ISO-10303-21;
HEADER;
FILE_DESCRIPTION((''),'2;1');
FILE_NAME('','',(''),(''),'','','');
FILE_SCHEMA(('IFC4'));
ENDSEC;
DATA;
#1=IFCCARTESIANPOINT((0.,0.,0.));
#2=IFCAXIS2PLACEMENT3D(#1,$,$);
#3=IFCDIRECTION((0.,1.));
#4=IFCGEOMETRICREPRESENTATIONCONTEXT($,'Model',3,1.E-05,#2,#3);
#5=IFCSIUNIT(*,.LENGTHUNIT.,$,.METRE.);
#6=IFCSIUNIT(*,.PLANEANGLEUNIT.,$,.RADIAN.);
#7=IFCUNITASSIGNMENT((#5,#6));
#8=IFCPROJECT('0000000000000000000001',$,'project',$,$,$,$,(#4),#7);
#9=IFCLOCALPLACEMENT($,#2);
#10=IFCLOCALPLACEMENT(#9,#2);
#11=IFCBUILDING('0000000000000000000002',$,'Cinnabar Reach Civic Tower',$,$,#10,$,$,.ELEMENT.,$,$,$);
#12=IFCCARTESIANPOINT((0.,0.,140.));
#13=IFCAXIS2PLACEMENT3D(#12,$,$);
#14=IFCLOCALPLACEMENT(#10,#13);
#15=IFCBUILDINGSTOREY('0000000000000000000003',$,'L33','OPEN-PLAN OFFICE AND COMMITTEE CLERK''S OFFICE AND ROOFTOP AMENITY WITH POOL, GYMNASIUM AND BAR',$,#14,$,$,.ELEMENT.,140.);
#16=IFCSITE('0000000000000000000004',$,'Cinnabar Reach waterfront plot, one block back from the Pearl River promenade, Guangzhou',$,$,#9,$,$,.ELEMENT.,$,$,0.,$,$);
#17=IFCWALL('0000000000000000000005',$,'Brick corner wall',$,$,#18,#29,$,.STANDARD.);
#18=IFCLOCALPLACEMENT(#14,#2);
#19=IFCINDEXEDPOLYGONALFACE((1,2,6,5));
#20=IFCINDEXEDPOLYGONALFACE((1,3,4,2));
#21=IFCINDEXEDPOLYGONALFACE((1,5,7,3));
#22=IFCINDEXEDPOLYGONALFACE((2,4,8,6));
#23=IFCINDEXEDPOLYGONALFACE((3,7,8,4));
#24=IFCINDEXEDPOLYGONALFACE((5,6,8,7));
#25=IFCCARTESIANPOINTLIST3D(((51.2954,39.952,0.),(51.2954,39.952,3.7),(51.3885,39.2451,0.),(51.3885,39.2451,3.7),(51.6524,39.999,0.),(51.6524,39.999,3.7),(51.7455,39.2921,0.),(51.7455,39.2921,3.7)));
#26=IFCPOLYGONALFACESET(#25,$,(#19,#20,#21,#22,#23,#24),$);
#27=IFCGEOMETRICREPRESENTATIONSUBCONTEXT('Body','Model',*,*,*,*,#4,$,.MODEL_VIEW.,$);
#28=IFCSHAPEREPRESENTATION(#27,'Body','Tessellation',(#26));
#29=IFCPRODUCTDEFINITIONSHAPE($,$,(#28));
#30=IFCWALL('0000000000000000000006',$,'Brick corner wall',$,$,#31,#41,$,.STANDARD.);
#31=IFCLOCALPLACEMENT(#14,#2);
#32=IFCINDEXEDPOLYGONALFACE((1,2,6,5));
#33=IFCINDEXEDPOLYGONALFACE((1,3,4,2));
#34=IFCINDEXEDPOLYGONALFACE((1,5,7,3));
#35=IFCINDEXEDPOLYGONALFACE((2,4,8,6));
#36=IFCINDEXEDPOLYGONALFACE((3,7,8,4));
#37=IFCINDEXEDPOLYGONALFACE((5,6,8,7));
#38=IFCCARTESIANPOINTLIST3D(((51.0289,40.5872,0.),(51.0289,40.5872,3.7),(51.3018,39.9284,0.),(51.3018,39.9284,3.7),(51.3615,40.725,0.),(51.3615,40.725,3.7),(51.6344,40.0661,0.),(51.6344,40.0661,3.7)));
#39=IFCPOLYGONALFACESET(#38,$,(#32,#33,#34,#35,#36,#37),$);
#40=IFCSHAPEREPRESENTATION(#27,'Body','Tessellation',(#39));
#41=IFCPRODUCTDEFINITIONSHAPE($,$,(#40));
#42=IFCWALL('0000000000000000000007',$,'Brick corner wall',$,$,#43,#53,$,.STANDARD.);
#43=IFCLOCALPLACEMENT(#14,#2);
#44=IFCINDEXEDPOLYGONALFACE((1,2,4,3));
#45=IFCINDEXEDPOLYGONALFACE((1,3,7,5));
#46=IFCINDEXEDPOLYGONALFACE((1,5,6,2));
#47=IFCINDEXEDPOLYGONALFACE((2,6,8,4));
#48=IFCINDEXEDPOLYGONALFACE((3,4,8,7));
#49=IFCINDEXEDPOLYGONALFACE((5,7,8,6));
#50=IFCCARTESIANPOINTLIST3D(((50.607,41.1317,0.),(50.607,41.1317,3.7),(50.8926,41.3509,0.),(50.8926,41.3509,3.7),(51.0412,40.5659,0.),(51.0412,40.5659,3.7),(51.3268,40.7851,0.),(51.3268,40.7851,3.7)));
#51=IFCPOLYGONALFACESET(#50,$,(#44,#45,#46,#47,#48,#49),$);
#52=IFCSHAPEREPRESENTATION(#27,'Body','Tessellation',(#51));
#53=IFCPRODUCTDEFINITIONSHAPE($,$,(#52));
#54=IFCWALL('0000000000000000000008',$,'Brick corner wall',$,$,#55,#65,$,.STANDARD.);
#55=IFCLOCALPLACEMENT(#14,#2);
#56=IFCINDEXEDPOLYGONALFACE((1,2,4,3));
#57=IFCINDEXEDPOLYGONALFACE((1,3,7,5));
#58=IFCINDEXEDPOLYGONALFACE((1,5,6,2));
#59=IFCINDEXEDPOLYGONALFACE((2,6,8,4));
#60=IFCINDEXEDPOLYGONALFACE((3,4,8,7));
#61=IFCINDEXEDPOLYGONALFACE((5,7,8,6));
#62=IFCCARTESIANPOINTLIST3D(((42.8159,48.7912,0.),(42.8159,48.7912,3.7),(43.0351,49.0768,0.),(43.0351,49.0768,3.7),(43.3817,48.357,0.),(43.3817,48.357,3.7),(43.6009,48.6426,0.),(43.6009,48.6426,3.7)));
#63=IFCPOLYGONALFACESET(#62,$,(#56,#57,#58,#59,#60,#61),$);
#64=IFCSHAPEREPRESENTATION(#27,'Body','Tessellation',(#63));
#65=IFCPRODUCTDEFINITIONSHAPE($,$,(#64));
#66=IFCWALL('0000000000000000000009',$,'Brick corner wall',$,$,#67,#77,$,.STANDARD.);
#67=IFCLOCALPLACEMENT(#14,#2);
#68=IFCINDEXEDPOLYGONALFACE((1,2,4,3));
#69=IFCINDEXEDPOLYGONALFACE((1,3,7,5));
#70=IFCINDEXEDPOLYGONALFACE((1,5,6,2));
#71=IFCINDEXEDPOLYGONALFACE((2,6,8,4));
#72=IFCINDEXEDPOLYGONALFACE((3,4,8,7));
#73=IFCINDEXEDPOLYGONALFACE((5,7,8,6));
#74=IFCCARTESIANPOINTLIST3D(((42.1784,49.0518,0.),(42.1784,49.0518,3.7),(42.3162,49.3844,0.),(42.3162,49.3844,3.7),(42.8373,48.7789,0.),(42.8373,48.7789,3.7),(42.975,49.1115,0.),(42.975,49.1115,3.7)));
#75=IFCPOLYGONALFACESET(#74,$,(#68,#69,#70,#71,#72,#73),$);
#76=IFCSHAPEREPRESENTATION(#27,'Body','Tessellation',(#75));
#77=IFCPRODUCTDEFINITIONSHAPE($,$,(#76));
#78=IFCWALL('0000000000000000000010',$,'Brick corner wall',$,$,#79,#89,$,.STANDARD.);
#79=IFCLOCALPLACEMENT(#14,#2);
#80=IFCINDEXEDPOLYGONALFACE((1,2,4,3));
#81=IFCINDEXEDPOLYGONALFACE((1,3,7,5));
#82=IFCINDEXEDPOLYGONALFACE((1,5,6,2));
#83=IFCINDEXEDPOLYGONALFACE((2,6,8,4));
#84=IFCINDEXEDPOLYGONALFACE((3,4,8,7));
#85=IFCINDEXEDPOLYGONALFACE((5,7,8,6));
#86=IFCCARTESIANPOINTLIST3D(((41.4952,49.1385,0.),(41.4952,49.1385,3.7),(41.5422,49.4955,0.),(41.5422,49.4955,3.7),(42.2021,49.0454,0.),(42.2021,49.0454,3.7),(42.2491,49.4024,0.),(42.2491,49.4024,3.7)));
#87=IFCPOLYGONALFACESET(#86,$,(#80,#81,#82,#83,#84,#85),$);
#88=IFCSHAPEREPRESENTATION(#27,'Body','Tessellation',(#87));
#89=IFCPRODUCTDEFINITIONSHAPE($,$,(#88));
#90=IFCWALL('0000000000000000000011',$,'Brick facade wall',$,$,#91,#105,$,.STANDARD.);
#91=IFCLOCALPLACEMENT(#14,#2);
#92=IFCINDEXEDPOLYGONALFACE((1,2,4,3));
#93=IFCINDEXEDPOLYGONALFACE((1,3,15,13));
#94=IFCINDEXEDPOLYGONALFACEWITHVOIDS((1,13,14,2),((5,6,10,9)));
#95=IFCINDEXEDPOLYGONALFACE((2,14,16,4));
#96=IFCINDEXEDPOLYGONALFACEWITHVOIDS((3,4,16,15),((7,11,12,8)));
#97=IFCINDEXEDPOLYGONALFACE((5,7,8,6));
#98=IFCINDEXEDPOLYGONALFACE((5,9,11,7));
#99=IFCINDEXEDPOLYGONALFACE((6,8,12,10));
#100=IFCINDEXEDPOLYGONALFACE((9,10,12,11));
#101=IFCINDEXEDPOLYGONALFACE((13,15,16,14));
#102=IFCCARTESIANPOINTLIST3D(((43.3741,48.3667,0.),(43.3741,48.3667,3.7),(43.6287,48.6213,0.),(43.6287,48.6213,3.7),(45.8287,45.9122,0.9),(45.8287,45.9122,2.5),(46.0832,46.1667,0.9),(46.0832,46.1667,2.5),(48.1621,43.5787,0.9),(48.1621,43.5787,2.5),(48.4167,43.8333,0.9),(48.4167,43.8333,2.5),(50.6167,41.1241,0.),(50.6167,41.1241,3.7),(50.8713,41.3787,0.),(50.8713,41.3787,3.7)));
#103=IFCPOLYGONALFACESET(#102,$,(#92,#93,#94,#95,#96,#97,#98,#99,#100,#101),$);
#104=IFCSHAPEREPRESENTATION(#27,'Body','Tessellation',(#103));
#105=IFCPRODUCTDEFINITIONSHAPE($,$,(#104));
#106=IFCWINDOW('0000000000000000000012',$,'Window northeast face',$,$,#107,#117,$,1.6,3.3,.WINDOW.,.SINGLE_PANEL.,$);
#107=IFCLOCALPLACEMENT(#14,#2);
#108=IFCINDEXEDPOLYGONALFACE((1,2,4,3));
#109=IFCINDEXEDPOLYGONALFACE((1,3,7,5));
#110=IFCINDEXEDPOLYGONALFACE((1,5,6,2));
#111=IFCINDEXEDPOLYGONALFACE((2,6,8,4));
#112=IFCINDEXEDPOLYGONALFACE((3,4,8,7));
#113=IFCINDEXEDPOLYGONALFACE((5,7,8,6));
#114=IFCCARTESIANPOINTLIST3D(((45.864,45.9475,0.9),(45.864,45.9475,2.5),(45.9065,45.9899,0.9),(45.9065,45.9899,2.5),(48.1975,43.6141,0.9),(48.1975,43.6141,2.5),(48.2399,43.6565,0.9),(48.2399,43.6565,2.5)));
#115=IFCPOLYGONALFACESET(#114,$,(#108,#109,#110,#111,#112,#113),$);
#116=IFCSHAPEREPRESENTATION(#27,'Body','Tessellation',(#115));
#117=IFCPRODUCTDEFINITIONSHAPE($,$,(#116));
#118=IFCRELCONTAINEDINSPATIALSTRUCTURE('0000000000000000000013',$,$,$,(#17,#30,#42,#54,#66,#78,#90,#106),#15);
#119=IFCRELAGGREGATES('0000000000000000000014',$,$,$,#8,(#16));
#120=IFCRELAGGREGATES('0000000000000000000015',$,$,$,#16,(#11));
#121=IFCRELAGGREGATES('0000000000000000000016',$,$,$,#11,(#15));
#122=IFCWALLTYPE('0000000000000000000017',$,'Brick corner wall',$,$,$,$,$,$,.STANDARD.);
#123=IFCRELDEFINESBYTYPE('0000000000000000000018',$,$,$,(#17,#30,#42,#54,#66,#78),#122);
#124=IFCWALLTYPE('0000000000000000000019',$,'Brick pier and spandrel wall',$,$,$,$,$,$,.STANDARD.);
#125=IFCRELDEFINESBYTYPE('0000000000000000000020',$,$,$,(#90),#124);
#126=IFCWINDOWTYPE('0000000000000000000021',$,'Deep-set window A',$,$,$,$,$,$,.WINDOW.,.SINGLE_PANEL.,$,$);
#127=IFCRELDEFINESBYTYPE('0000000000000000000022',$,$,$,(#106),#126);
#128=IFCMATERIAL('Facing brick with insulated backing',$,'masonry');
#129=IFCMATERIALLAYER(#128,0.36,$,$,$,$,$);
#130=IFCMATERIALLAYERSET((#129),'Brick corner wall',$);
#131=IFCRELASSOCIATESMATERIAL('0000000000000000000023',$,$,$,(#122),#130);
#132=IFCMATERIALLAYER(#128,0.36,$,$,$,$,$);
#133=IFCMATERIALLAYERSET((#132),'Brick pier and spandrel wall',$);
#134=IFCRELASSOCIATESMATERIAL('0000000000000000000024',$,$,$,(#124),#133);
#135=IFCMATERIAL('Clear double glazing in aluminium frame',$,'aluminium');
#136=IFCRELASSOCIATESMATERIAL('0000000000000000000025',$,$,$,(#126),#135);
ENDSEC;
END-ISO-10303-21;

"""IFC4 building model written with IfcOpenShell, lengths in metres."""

from ifc_helpers import new_model, si_unit, direction, frame, frame_2d, origin, place, context, subcontext, project, spatial, rectangle, extrude, material, layer, layer_set, type_object, element, fill, save


model = new_model("IFC4")

# Units and contexts
model_context = context("Model", 3, precision=1e-05, world=origin(), true_north=direction((0.0, 1.0)))
body_context = subcontext(model_context, "Body", "Model", "MODEL_VIEW")
ifc_project = project(units=[si_unit("LENGTHUNIT", "METRE"), si_unit("PLANEANGLEUNIT", "RADIAN")], contexts=[model_context])

# Site, building, storey
site_placement = place(None, origin())
site = spatial("IfcSite", under=ifc_project, at=site_placement, Name="Cinnabar Reach waterfront plot, one block back from the Pearl River promenade, Guangzhou", CompositionType="ELEMENT", RefElevation=0.0)
building_placement = place(site_placement, origin())
building = spatial("IfcBuilding", under=site, at=building_placement, Name="Cinnabar Reach Civic Tower", CompositionType="ELEMENT")
storey_placement = place(building_placement, frame((0.0, 0.0, 140.0)))
storey = spatial("IfcBuildingStorey", under=building, at=storey_placement, Name="L33", Description="OPEN-PLAN OFFICE AND COMMITTEE CLERK'S OFFICE AND ROOFTOP AMENITY WITH POOL, GYMNASIUM AND BAR", CompositionType="ELEMENT", Elevation=140.0)

# Walls
ifc_material_1 = material(Name="Facing brick with insulated backing", Category="masonry")
ifc_layer_1 = layer(ifc_material_1, 0.36)
ifc_layer_set_1 = layer_set([ifc_layer_1], Name="Brick corner wall")
wall_type_1 = type_object("IfcWallType", Name="Brick corner wall", PredefinedType="STANDARD", material=ifc_layer_set_1)
for number, where, z_axis, x_axis, name in (
    (1, (51.567, 39.2686, 0.0), (0.0, 0.0, 1.0), (-0.130556, 0.991441, 0.0), "Brick corner wall"),
    (2, (51.4681, 39.9973, 0.0), (0.0, 0.0, 1.0), (-0.382703, 0.923872, 0.0), "Brick corner wall"),
):
    element("IfcWall", number, at=place(storey_placement, frame(where, z_axis=z_axis, x_axis=x_axis)), inside=storey, type_object=wall_type_1, Name=name, PredefinedType="STANDARD", context=body_context, shape_type="SweptSolid", body=[
        extrude(rectangle(XDim=0.7131, YDim=0.36, at=frame_2d((0.3565, 0.0))), origin(), (0.0, 0.0, 1.0), 3.7),
    ])
for number, where, z_axis, x_axis, name in (
    (3, (51.184, 40.6755, 0.0), (0.0, 0.0, 1.0), (-0.608802, 0.793322, 0.0), "Brick corner wall"),
    (4, (43.4913, 48.4998, 0.0), (0.0, 0.0, 1.0), (-0.793322, 0.608802, 0.0), "Brick corner wall"),
):
    element("IfcWall", number, at=place(storey_placement, frame(where, z_axis=z_axis, x_axis=x_axis)), inside=storey, type_object=wall_type_1, Name=name, PredefinedType="STANDARD", context=body_context, shape_type="SweptSolid", body=[
        extrude(rectangle(XDim=0.7132, YDim=0.36, at=frame_2d((0.3566, 0.0))), origin(), (0.0, 0.0, 1.0), 3.7),
    ])
for number, where, z_axis, x_axis, name in (
    (5, (42.9061, 48.9452, 0.0), (0.0, 0.0, 1.0), (-0.923872, 0.382703, 0.0), "Brick corner wall"),
    (6, (42.2256, 49.2239, 0.0), (0.0, 0.0, 1.0), (-0.991441, 0.130556, 0.0), "Brick corner wall"),
):
    element("IfcWall", number, at=place(storey_placement, frame(where, z_axis=z_axis, x_axis=x_axis)), inside=storey, type_object=wall_type_1, Name=name, PredefinedType="STANDARD", context=body_context, shape_type="SweptSolid", body=[
        extrude(rectangle(XDim=0.7131, YDim=0.36, at=frame_2d((0.3565, 0.0))), origin(), (0.0, 0.0, 1.0), 3.7),
    ])

# Wall, opening, window
ifc_layer_2 = layer(ifc_material_1, 0.36)
ifc_layer_set_2 = layer_set([ifc_layer_2], Name="Brick pier and spandrel wall")
wall_type_2 = type_object("IfcWallType", Name="Brick pier and spandrel wall", PredefinedType="STANDARD", material=ifc_layer_set_2)
wall_1_placement = place(storey_placement, frame((50.744, 41.2514, 0.0), z_axis=(0.0, 0.0, 1.0), x_axis=(-0.707107, 0.707107, 0.0)))
wall_1 = element("IfcWall", 7, at=wall_1_placement, inside=storey, type_object=wall_type_2, Name="Brick facade wall", PredefinedType="STANDARD", context=body_context, shape_type="SweptSolid", body=[
    extrude(rectangle(XDim=10.2426, YDim=0.36, at=frame_2d((5.1213, 0.0))), origin(), (0.0, 0.0, 1.0), 3.7),
])
opening_1_placement = place(wall_1_placement, frame((3.4713, 0.0, 0.9)))
opening_1 = element("IfcOpeningElement", 8, at=opening_1_placement, cuts=wall_1, PredefinedType="OPENING", context=body_context, shape_type="SweptSolid", body=[
    extrude(rectangle(XDim=3.3, YDim=1.6, at=frame_2d((1.65, 0.8))), frame((0.0, 0.19, 0.0), z_axis=(0.0, -1.0, 0.0), x_axis=(1.0, 0.0, 0.0)), (0.0, 0.0, 1.0), 0.38),
])
ifc_material_2 = material(Name="Clear double glazing in aluminium frame", Category="aluminium")
window_type_1 = type_object("IfcWindowType", Name="Deep-set window A", PartitioningType="SINGLE_PANEL", PredefinedType="WINDOW", material=ifc_material_2)
window_1_placement = place(opening_1_placement, origin())
window_1 = element("IfcWindow", 9, at=window_1_placement, inside=storey, type_object=window_type_1, Name="Window northeast face", OverallHeight=1.6, OverallWidth=3.3, PartitioningType="SINGLE_PANEL", PredefinedType="WINDOW", context=body_context, shape_type="SweptSolid", body=[
    extrude(rectangle(XDim=3.3, YDim=1.6, at=frame_2d((1.65, 0.8))), frame((0.0, 0.13, 0.0), z_axis=(0.0, -1.0, 0.0), x_axis=(1.0, 0.0, 0.0)), (0.0, 0.0, 1.0), 0.06),
])
fill(opening_1, window_1)

save(model, "model.ifc")
